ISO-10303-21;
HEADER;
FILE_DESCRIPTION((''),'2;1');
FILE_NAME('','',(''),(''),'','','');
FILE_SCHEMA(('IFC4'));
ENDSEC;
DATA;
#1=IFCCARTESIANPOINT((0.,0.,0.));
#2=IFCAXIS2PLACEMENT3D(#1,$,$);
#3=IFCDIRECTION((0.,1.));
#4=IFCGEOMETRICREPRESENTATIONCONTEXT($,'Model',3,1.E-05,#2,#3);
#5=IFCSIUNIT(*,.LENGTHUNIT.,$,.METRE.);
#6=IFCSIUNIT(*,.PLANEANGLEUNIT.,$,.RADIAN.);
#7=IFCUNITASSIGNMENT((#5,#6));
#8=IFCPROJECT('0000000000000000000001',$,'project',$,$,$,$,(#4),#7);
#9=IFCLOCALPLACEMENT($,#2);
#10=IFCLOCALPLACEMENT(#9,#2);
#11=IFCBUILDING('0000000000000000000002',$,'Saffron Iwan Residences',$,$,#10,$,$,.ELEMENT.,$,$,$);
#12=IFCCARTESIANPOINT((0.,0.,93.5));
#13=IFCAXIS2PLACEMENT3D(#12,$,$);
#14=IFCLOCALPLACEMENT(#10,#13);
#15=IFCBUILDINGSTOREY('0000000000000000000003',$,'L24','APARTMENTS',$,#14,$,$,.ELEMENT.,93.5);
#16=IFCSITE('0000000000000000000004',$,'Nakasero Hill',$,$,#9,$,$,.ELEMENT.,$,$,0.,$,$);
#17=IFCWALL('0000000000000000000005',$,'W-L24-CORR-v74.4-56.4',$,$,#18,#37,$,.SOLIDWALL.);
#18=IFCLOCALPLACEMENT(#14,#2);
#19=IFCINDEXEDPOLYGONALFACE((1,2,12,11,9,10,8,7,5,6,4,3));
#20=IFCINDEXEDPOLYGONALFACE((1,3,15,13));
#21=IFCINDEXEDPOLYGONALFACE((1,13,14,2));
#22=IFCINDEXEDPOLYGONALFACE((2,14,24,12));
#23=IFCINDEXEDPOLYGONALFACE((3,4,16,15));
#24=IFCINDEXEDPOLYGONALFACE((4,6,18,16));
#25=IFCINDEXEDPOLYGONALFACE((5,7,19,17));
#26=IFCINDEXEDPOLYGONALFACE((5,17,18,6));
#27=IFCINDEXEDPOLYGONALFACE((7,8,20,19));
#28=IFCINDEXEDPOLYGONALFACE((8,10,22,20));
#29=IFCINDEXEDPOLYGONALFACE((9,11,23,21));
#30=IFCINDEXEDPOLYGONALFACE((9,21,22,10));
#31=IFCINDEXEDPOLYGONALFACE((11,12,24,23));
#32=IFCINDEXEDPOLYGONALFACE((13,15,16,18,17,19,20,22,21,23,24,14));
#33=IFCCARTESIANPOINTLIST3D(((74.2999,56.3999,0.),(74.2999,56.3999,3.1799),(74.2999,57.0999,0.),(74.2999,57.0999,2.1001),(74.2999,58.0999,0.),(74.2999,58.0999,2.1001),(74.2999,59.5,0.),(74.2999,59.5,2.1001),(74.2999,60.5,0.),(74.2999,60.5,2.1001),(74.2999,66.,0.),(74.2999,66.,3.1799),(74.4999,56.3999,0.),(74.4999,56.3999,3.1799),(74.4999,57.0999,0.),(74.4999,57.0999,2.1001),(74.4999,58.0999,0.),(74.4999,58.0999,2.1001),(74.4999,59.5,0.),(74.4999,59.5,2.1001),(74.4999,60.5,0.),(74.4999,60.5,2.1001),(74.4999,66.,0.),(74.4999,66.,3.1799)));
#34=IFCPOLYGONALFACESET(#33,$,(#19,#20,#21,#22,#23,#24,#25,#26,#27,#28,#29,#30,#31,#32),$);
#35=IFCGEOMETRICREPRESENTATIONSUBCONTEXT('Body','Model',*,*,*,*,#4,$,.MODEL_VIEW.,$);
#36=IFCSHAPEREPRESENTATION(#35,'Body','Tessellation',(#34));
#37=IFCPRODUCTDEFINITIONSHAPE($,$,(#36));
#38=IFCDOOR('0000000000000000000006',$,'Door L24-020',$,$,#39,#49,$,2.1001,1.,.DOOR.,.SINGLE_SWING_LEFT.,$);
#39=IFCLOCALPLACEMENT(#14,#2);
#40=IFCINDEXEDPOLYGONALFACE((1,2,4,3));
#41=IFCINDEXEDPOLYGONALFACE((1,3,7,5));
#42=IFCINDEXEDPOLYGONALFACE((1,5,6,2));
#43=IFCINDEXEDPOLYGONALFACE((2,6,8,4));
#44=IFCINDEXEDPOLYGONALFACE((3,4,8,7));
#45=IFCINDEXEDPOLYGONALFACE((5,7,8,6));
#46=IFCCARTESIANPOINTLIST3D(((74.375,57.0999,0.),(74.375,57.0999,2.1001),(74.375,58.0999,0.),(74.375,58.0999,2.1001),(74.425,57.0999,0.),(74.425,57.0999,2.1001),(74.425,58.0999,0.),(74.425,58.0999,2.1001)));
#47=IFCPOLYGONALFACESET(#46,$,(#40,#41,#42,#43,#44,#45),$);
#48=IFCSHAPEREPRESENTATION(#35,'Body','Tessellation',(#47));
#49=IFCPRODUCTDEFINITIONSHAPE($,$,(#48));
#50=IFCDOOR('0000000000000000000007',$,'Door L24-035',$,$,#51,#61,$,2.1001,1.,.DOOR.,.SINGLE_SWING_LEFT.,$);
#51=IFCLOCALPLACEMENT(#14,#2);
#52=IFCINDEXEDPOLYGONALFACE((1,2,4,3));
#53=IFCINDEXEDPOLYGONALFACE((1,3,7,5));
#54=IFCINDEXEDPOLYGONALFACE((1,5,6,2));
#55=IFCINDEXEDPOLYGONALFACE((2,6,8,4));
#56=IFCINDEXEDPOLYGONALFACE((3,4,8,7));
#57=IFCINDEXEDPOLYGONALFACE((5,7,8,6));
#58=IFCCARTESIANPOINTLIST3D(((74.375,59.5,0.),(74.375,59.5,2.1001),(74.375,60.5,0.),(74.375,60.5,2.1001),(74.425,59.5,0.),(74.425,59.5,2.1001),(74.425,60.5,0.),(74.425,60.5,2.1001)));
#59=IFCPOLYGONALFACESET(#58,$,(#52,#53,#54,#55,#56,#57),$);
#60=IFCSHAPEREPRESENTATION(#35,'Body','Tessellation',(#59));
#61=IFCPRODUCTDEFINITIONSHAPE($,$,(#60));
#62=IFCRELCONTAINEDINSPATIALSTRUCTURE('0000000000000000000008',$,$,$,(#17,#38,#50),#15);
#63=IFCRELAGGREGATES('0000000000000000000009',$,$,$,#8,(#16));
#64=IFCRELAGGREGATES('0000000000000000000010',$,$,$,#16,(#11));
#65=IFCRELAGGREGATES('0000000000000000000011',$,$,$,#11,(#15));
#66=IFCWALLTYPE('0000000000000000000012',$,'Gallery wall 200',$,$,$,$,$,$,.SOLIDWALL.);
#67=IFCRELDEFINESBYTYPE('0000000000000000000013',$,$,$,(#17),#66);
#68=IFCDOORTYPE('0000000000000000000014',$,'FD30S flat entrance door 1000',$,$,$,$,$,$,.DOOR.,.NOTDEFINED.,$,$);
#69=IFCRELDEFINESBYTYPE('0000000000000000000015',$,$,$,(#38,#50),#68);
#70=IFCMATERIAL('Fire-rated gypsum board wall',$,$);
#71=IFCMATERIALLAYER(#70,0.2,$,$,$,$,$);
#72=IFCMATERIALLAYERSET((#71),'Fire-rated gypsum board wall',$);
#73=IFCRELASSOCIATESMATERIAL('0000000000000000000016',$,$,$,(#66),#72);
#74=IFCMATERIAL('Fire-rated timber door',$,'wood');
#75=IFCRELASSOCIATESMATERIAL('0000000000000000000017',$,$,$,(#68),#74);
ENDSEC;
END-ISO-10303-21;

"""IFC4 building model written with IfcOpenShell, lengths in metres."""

from ifc_helpers import new_model, si_unit, direction, frame, frame_2d, origin, place, context, subcontext, project, spatial, rectangle, extrude, material, layer, layer_set, type_object, element, fill, save


model = new_model("IFC4")

# Units and contexts
model_context = context("Model", 3, precision=1e-05, world=origin(), true_north=direction((0.0, 1.0)))
body_context = subcontext(model_context, "Body", "Model", "MODEL_VIEW")
ifc_project = project(units=[si_unit("LENGTHUNIT", "METRE"), si_unit("PLANEANGLEUNIT", "RADIAN")], contexts=[model_context])

# Site, building, storey
site_placement = place(None, origin())
site = spatial("IfcSite", under=ifc_project, at=site_placement, Name="Nakasero Hill", CompositionType="ELEMENT", RefElevation=0.0)
building_placement = place(site_placement, origin())
building = spatial("IfcBuilding", under=site, at=building_placement, Name="Saffron Iwan Residences", CompositionType="ELEMENT")
storey_placement = place(building_placement, frame((0.0, 0.0, 93.5)))
storey = spatial("IfcBuildingStorey", under=building, at=storey_placement, Name="L24", Description="APARTMENTS", CompositionType="ELEMENT", Elevation=93.5)

# Shared definitions
ifc_material_1 = material(Name="Fire-rated gypsum board wall")

# Shared definitions
ifc_layer_1 = layer(ifc_material_1, 0.2)
ifc_layer_set_1 = layer_set([ifc_layer_1], Name="Fire-rated gypsum board wall")
wall_type_1 = type_object("IfcWallType", Name="Gallery wall 200", PredefinedType="SOLIDWALL", material=ifc_layer_set_1)

# Wall, openings, doors
wall_1_placement = place(storey_placement, frame((74.3999, 56.3999, 0.0), z_axis=(0.0, 0.0, 1.0), x_axis=(0.0, 1.0, 0.0)))
wall_1 = element("IfcWall", 1, at=wall_1_placement, inside=storey, type_object=wall_type_1, Name="W-L24-CORR-v74.4-56.4", PredefinedType="SOLIDWALL", context=body_context, shape_type="SweptSolid", body=[
    extrude(rectangle(XDim=9.6001, YDim=0.2, at=frame_2d((4.8, 0.0))), origin(), (0.0, 0.0, 1.0), 3.1799),
])
opening_1_placement = place(wall_1_placement, frame((0.7, 0.0, 0.0)))
opening_1 = element("IfcOpeningElement", 2, at=opening_1_placement, cuts=wall_1, PredefinedType="OPENING", context=body_context, shape_type="SweptSolid", body=[
    extrude(rectangle(XDim=1.0, YDim=2.1001, at=frame_2d((0.5, 1.05))), frame((0.0, 0.1099, 0.0), z_axis=(0.0, -1.0, 0.0), x_axis=(1.0, 0.0, 0.0)), (0.0, 0.0, 1.0), 0.22),
])
opening_2_placement = place(wall_1_placement, frame((3.1001, 0.0, 0.0)))
opening_2 = element("IfcOpeningElement", 3, at=opening_2_placement, cuts=wall_1, PredefinedType="OPENING", context=body_context, shape_type="SweptSolid", body=[
    extrude(rectangle(XDim=1.0, YDim=2.1001, at=frame_2d((0.5, 1.05))), frame((0.0, 0.1099, 0.0), z_axis=(0.0, -1.0, 0.0), x_axis=(1.0, 0.0, 0.0)), (0.0, 0.0, 1.0), 0.22),
])
ifc_material_2 = material(Name="Fire-rated timber door", Category="wood")
door_type_1 = type_object("IfcDoorType", Name="FD30S flat entrance door 1000", OperationType="NOTDEFINED", PredefinedType="DOOR", material=ifc_material_2)
door_1_placement = place(opening_1_placement, origin())
door_1 = element("IfcDoor", 4, at=door_1_placement, inside=storey, type_object=door_type_1, Name="Door L24-020", OperationType="SINGLE_SWING_LEFT", OverallHeight=2.1001, OverallWidth=1.0, PredefinedType="DOOR", context=body_context, shape_type="SweptSolid", body=[
    extrude(rectangle(XDim=1.0, YDim=2.1001, at=frame_2d((0.5, 1.05))), frame((0.0, 0.0249, 0.0), z_axis=(0.0, -1.0, 0.0), x_axis=(1.0, 0.0, 0.0)), (0.0, 0.0, 1.0), 0.05),
])
fill(opening_1, door_1)
door_2_placement = place(opening_2_placement, origin())
door_2 = element("IfcDoor", 5, at=door_2_placement, inside=storey, type_object=door_type_1, Name="Door L24-035", OperationType="SINGLE_SWING_LEFT", OverallHeight=2.1001, OverallWidth=1.0, PredefinedType="DOOR", context=body_context, shape_type="SweptSolid", body=[
    extrude(rectangle(XDim=1.0, YDim=2.1001, at=frame_2d((0.5, 1.05))), frame((0.0, 0.0249, 0.0), z_axis=(0.0, -1.0, 0.0), x_axis=(1.0, 0.0, 0.0)), (0.0, 0.0, 1.0), 0.05),
])
fill(opening_2, door_2)

save(model, "model.ifc")
